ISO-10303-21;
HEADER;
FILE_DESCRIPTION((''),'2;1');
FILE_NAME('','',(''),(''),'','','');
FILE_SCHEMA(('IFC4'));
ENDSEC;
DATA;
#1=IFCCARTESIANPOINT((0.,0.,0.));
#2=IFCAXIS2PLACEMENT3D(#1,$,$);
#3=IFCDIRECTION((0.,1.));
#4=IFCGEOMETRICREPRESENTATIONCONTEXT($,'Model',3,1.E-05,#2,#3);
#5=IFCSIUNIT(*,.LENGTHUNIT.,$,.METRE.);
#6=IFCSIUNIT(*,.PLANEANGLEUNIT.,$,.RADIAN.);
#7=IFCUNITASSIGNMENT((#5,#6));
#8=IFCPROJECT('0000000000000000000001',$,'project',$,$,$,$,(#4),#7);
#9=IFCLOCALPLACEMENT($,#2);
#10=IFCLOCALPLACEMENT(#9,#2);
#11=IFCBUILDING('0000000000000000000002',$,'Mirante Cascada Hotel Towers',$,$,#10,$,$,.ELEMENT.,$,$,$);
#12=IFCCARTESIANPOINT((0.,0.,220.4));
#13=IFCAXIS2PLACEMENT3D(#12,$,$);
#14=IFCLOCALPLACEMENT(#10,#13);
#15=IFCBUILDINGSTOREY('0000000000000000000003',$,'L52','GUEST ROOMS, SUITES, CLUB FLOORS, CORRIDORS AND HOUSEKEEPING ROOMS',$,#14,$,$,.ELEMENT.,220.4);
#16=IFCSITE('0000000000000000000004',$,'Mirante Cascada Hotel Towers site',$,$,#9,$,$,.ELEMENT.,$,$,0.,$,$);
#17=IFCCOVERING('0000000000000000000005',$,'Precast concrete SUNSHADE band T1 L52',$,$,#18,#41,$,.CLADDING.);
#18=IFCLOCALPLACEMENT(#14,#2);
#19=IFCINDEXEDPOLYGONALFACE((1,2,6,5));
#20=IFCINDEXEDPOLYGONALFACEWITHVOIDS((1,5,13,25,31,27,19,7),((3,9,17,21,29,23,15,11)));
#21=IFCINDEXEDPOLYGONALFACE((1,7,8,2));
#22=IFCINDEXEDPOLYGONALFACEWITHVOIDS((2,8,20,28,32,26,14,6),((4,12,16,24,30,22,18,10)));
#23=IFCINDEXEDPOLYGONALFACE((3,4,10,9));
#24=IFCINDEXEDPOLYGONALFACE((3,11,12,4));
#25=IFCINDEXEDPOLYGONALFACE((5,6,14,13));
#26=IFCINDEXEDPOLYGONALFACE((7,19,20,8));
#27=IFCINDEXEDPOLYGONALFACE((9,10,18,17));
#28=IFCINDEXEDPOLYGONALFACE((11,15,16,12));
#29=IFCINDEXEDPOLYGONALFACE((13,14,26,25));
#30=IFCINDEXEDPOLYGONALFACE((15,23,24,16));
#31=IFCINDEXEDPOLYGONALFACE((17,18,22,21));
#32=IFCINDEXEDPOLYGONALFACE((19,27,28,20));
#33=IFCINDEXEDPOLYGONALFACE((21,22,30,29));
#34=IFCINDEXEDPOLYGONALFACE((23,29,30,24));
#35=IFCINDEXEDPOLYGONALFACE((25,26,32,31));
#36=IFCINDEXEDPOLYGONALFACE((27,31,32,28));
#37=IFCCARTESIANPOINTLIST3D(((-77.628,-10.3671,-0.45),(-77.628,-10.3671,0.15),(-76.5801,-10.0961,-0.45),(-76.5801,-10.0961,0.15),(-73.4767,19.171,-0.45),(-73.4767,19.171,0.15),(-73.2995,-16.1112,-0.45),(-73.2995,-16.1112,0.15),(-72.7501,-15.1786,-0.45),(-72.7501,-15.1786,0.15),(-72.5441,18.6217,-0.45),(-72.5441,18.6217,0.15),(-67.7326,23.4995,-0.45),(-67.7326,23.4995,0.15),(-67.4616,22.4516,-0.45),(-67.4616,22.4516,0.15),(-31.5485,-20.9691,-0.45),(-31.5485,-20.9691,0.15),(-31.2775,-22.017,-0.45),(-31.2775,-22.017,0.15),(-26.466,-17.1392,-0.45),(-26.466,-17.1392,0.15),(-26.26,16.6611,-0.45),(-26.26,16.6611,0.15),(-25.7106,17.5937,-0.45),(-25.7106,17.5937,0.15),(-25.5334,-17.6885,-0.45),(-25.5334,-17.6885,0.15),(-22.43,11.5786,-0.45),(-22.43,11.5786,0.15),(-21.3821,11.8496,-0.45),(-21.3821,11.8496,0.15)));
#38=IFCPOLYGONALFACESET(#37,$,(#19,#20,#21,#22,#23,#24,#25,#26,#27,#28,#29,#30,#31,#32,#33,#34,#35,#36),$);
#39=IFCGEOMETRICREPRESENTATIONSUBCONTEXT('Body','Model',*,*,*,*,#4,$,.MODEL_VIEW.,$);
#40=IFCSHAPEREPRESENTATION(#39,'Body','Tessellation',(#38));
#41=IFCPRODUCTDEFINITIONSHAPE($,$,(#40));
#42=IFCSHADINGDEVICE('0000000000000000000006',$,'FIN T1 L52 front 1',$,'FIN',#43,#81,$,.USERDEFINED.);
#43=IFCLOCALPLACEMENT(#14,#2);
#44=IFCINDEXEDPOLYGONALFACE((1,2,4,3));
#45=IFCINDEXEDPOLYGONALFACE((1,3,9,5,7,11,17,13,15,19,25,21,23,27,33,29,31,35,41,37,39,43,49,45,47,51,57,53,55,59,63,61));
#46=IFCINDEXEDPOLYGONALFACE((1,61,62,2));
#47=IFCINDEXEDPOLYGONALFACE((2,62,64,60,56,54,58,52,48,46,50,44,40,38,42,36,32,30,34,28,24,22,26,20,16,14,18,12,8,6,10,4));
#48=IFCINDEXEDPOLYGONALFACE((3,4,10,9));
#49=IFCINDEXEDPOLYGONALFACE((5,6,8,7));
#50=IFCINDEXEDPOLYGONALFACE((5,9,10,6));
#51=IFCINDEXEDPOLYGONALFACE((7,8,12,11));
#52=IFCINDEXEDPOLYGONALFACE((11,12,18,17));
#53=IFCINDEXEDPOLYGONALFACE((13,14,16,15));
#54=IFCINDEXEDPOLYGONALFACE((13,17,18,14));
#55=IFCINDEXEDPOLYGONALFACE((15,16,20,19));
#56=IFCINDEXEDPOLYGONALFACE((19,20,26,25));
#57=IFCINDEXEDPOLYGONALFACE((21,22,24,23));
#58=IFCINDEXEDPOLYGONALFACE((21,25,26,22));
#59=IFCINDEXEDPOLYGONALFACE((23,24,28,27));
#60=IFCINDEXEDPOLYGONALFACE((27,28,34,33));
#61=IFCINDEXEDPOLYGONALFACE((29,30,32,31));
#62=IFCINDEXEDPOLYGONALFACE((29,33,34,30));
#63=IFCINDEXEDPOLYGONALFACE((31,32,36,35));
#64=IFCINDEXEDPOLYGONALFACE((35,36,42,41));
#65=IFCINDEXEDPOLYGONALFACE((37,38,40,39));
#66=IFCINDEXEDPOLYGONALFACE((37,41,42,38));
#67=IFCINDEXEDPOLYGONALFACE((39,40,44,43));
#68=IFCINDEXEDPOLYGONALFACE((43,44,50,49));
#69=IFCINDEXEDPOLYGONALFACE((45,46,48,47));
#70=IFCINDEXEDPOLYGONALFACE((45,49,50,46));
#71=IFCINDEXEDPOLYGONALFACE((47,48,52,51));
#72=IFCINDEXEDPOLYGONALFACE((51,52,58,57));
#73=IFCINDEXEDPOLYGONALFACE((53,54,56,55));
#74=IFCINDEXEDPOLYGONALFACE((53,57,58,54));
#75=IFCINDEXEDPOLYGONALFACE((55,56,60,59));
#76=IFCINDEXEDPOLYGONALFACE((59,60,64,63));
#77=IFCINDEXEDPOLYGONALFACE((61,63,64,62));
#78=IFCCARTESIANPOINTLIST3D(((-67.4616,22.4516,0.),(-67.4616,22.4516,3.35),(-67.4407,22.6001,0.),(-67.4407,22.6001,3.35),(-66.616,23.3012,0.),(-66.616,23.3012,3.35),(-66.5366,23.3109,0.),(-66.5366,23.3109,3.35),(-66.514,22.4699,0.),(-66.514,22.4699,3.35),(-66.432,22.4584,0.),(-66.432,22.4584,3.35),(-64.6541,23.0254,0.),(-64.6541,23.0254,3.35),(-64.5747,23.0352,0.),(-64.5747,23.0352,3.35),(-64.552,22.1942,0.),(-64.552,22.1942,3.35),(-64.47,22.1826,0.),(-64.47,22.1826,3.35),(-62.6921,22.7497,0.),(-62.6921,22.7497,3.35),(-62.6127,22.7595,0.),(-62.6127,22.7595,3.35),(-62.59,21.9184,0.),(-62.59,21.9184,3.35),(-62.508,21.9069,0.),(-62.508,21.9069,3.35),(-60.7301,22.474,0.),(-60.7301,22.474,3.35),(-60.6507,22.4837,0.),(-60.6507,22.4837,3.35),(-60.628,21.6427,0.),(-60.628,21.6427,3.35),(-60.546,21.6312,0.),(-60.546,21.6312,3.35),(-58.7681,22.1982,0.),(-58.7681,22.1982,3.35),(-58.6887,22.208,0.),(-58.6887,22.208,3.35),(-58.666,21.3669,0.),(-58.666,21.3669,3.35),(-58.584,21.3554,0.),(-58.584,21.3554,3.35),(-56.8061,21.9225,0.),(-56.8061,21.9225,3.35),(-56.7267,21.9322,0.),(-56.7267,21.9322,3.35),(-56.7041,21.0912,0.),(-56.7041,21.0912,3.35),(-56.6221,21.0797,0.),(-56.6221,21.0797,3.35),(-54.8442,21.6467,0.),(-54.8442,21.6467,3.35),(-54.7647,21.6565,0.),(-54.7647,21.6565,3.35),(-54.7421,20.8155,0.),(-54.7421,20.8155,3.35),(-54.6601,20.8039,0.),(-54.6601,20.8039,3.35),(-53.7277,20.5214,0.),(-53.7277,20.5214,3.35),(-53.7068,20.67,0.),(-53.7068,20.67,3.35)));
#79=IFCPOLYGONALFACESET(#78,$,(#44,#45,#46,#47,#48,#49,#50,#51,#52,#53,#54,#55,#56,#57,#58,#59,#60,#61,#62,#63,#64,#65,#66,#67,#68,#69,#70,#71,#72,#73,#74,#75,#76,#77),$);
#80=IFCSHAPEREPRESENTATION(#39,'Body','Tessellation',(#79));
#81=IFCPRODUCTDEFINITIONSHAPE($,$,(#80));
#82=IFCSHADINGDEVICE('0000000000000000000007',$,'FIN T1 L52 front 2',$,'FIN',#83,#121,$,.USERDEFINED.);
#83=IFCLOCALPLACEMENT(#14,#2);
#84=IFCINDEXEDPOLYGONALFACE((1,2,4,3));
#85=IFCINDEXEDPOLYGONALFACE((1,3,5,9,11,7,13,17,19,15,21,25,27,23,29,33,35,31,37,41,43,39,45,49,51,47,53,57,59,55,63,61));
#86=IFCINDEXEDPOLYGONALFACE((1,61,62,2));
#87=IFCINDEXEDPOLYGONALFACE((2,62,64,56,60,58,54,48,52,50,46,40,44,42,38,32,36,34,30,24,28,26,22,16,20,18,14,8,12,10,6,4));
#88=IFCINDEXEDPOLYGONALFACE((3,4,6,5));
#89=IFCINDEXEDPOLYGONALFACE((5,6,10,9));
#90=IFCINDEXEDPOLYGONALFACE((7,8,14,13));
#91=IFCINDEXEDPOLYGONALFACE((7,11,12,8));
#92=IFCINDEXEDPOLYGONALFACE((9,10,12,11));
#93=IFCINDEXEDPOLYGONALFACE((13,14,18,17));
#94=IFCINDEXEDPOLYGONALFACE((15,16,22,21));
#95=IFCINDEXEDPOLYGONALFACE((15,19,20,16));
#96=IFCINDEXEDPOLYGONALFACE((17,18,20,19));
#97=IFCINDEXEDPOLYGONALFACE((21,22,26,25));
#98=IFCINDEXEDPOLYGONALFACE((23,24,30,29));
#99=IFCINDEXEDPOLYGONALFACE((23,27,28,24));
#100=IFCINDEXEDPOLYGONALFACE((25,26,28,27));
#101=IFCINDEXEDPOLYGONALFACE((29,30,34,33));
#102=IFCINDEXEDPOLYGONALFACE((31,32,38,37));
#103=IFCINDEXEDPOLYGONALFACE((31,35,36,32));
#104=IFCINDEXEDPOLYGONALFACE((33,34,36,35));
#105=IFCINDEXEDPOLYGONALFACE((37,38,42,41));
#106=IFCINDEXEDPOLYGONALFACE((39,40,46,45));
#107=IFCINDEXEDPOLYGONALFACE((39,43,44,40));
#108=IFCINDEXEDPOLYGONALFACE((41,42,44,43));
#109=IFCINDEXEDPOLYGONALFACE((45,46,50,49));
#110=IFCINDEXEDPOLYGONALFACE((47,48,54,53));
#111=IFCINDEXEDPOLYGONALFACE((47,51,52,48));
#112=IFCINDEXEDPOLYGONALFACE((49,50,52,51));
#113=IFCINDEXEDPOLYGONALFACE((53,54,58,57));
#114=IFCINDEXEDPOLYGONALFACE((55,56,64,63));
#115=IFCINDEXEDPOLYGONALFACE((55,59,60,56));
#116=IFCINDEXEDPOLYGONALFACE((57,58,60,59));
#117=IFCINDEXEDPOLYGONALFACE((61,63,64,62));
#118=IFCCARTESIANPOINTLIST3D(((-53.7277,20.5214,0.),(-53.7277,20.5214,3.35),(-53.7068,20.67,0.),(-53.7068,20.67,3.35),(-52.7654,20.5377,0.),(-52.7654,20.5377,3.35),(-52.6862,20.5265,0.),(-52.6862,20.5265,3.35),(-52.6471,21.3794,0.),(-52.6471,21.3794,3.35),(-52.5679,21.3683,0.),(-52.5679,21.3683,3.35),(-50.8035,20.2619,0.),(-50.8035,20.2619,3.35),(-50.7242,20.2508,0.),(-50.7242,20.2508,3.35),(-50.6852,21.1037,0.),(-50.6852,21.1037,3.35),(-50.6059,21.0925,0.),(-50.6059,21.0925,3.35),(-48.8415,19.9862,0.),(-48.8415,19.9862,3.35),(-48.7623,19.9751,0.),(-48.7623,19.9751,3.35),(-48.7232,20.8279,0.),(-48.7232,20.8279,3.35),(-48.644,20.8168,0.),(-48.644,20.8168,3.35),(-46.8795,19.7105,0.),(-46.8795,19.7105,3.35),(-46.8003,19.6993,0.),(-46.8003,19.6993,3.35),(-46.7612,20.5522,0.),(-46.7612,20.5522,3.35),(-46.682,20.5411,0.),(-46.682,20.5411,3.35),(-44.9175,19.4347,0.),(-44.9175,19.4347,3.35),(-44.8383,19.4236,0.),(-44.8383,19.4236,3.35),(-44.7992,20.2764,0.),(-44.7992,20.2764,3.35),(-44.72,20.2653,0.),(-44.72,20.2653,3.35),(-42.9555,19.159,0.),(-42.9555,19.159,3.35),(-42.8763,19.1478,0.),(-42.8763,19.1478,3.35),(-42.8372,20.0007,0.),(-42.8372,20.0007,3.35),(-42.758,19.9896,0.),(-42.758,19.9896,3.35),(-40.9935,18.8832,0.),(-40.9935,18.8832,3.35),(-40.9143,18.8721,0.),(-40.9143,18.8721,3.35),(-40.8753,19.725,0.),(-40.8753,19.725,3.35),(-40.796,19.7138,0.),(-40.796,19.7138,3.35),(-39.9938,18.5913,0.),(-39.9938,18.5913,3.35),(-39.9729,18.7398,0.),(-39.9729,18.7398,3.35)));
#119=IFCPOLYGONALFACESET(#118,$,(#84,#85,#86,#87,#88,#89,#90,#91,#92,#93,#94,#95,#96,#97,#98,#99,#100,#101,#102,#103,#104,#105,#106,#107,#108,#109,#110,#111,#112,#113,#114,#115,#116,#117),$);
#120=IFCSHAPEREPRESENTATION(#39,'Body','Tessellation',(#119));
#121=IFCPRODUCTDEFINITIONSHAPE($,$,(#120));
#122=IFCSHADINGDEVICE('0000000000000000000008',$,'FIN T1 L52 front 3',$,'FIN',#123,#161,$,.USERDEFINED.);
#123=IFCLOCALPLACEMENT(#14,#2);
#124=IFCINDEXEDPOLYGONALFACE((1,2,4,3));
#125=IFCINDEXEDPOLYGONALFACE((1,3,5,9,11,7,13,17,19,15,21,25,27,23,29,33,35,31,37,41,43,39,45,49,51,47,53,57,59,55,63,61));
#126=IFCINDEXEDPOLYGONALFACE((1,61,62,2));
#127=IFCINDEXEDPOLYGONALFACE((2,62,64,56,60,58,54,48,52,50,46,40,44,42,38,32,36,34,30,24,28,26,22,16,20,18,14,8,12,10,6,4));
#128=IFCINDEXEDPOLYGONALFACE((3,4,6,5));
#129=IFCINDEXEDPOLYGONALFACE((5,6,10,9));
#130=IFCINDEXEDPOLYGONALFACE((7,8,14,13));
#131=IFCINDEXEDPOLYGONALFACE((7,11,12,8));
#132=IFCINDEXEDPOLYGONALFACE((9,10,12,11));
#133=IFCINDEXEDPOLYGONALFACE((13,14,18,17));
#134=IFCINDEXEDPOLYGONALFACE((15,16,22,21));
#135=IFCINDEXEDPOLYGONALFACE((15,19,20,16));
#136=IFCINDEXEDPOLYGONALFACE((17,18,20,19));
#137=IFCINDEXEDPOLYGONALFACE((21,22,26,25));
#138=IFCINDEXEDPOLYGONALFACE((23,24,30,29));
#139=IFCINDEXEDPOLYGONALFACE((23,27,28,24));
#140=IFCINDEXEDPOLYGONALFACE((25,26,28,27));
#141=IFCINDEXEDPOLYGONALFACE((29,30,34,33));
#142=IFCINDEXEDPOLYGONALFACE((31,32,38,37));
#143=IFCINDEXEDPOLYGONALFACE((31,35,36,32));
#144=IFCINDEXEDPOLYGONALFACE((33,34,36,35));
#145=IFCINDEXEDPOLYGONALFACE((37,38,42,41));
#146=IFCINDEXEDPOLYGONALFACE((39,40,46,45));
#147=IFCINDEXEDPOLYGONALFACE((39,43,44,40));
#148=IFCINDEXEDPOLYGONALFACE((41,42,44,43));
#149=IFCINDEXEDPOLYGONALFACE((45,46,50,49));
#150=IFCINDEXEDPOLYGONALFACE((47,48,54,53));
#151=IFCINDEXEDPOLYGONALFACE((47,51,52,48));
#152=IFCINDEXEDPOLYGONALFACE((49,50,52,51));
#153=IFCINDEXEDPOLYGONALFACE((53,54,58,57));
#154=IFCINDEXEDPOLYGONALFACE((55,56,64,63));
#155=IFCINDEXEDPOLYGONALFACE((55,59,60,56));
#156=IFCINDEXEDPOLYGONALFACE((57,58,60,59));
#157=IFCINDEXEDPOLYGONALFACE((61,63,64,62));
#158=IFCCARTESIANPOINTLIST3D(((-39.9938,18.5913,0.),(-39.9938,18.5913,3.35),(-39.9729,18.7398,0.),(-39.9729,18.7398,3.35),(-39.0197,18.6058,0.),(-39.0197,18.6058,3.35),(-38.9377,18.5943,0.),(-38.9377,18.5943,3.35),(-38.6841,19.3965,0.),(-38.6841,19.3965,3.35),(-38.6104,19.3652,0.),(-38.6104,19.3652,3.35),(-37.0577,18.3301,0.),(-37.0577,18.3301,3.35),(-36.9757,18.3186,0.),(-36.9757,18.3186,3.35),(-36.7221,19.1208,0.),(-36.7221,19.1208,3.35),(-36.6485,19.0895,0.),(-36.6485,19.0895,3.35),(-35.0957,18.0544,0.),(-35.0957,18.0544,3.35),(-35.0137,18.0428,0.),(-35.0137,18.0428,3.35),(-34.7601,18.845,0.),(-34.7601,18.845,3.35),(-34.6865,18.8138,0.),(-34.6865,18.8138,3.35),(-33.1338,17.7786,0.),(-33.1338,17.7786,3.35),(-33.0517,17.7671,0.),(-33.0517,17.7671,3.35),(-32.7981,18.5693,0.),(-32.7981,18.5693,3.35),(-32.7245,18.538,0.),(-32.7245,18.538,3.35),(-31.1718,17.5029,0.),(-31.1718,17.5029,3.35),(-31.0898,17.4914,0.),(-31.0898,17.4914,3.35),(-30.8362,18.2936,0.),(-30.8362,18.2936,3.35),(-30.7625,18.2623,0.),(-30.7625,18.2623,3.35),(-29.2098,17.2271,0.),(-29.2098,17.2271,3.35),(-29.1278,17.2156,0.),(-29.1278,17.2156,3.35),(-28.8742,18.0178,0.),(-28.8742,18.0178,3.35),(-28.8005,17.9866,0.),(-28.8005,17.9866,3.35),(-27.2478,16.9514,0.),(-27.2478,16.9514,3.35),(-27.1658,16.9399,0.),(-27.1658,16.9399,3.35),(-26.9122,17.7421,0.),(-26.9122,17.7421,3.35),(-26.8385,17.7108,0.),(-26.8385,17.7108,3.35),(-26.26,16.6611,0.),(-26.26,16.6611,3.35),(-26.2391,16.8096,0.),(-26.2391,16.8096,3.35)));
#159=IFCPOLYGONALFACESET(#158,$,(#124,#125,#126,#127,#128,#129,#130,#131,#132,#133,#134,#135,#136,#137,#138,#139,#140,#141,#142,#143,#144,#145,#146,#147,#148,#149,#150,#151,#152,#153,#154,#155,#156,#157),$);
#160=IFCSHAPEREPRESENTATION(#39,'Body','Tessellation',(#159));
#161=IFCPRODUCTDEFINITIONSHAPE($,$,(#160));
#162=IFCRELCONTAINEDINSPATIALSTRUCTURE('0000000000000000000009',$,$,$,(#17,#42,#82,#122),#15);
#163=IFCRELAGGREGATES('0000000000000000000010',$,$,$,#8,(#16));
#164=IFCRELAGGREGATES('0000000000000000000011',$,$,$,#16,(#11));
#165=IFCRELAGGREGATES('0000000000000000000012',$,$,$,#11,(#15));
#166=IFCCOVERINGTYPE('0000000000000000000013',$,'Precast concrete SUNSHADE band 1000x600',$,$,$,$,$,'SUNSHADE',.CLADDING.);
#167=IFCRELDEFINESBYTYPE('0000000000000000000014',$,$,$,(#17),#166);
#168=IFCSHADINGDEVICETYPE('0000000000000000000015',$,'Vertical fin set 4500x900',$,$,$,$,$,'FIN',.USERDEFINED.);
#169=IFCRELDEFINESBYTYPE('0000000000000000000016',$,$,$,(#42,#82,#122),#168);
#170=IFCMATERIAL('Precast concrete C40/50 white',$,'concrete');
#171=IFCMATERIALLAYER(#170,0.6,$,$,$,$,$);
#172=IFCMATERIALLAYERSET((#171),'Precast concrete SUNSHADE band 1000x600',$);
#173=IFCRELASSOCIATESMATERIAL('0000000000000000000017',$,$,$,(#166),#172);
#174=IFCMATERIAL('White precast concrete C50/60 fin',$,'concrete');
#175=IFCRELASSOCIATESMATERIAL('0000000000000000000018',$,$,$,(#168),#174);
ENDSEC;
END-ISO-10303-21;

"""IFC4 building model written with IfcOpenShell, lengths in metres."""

from ifc_helpers import new_model, si_unit, direction, frame, origin, place, context, subcontext, project, spatial, polyline, outline, extrude, material, layer, layer_set, type_object, element, save


model = new_model("IFC4")

# Units and contexts
model_context = context("Model", 3, precision=1e-05, world=origin(), true_north=direction((0.0, 1.0)))
body_context = subcontext(model_context, "Body", "Model", "MODEL_VIEW")
ifc_project = project(units=[si_unit("LENGTHUNIT", "METRE"), si_unit("PLANEANGLEUNIT", "RADIAN")], contexts=[model_context])

# Site, building, storey
site_placement = place(None, origin())
site = spatial("IfcSite", under=ifc_project, at=site_placement, Name="Mirante Cascada Hotel Towers site", CompositionType="ELEMENT", RefElevation=0.0)
building_placement = place(site_placement, origin())
building = spatial("IfcBuilding", under=site, at=building_placement, Name="Mirante Cascada Hotel Towers", CompositionType="ELEMENT")
storey_placement = place(building_placement, frame((0.0, 0.0, 220.4)))
storey = spatial("IfcBuildingStorey", under=building, at=storey_placement, Name="L52", Description="GUEST ROOMS, SUITES, CLUB FLOORS, CORRIDORS AND HOUSEKEEPING ROOMS", CompositionType="ELEMENT", Elevation=220.4)

# Covering
ifc_material_1 = material(Name="Precast concrete C40/50 white", Category="concrete")
ifc_layer_1 = layer(ifc_material_1, 0.6)
ifc_layer_set_1 = layer_set([ifc_layer_1], Name="Precast concrete SUNSHADE band 1000x600")
covering_type = type_object("IfcCoveringType", Name="Precast concrete SUNSHADE band 1000x600", ElementType="SUNSHADE", PredefinedType="CLADDING", material=ifc_layer_set_1)
covering_placement = place(storey_placement, frame((0.0, 0.0, -0.45)))
element("IfcCovering", 1, at=covering_placement, inside=storey, type_object=covering_type, Name="Precast concrete SUNSHADE band T1 L52", PredefinedType="CLADDING", context=body_context, shape_type="SweptSolid", body=[
    extrude(outline(polyline([(-77.628, -10.3671), (-73.4767, 19.171), (-67.7326, 23.4995), (-25.7106, 17.5937), (-21.3821, 11.8496), (-25.5334, -17.6885), (-31.2775, -22.017), (-73.2995, -16.1112), (-77.628, -10.3671)]), holes=[polyline([(-22.43, 11.5786), (-26.26, 16.6611), (-67.4616, 22.4516), (-72.5441, 18.6217), (-76.5801, -10.0961), (-72.7501, -15.1786), (-31.5485, -20.9691), (-26.466, -17.1392), (-22.43, 11.5786)])]), origin(), (0.0, 0.0, 1.0), 0.6),
])

# Shading devices
ifc_material_2 = material(Name="White precast concrete C50/60 fin", Category="concrete")
shading_device_type = type_object("IfcShadingDeviceType", Name="Vertical fin set 4500x900", ElementType="FIN", PredefinedType="USERDEFINED", material=ifc_material_2)
shading_device_1_placement = place(storey_placement, origin())
element("IfcShadingDevice", 2, at=shading_device_1_placement, inside=storey, type_object=shading_device_type, Name="FIN T1 L52 front 1", ObjectType="FIN", PredefinedType="USERDEFINED", context=body_context, shape_type="SweptSolid", body=[
    extrude(outline(polyline([(-54.6601, 20.8039), (-53.7068, 20.67), (-53.7277, 20.5214), (-67.4616, 22.4516), (-67.4407, 22.6001), (-66.514, 22.4699), (-66.616, 23.3012), (-66.5366, 23.3109), (-66.432, 22.4584), (-64.552, 22.1942), (-64.6541, 23.0254), (-64.5747, 23.0352), (-64.47, 22.1826), (-62.59, 21.9184), (-62.6921, 22.7497), (-62.6127, 22.7595), (-62.508, 21.9069), (-60.628, 21.6427), (-60.7301, 22.474), (-60.6507, 22.4837), (-60.546, 21.6312), (-58.666, 21.3669), (-58.7681, 22.1982), (-58.6887, 22.208), (-58.584, 21.3554), (-56.7041, 21.0912), (-56.8061, 21.9225), (-56.7267, 21.9322), (-56.6221, 21.0797), (-54.7421, 20.8155), (-54.8442, 21.6467), (-54.7647, 21.6565), (-54.6601, 20.8039)])), origin(), (0.0, 0.0, 1.0), 3.35),
])
shading_device_2_placement = place(storey_placement, origin())
element("IfcShadingDevice", 3, at=shading_device_2_placement, inside=storey, type_object=shading_device_type, Name="FIN T1 L52 front 2", ObjectType="FIN", PredefinedType="USERDEFINED", context=body_context, shape_type="SweptSolid", body=[
    extrude(outline(polyline([(-40.9143, 18.8721), (-39.9729, 18.7398), (-39.9938, 18.5913), (-53.7277, 20.5214), (-53.7068, 20.67), (-52.7654, 20.5377), (-52.6471, 21.3794), (-52.5679, 21.3683), (-52.6862, 20.5265), (-50.8035, 20.2619), (-50.6852, 21.1037), (-50.6059, 21.0925), (-50.7242, 20.2508), (-48.8415, 19.9862), (-48.7232, 20.8279), (-48.644, 20.8168), (-48.7623, 19.9751), (-46.8795, 19.7105), (-46.7612, 20.5522), (-46.682, 20.5411), (-46.8003, 19.6993), (-44.9175, 19.4347), (-44.7992, 20.2764), (-44.72, 20.2653), (-44.8383, 19.4236), (-42.9555, 19.159), (-42.8372, 20.0007), (-42.758, 19.9896), (-42.8763, 19.1478), (-40.9935, 18.8832), (-40.8753, 19.725), (-40.796, 19.7138), (-40.9143, 18.8721)])), origin(), (0.0, 0.0, 1.0), 3.35),
])
shading_device_3_placement = place(storey_placement, origin())
element("IfcShadingDevice", 4, at=shading_device_3_placement, inside=storey, type_object=shading_device_type, Name="FIN T1 L52 front 3", ObjectType="FIN", PredefinedType="USERDEFINED", context=body_context, shape_type="SweptSolid", body=[
    extrude(outline(polyline([(-27.1658, 16.9399), (-26.2391, 16.8096), (-26.26, 16.6611), (-39.9938, 18.5913), (-39.9729, 18.7398), (-39.0197, 18.6058), (-38.6841, 19.3965), (-38.6104, 19.3652), (-38.9377, 18.5943), (-37.0577, 18.3301), (-36.7221, 19.1208), (-36.6485, 19.0895), (-36.9757, 18.3186), (-35.0957, 18.0544), (-34.7601, 18.845), (-34.6865, 18.8138), (-35.0137, 18.0428), (-33.1338, 17.7786), (-32.7981, 18.5693), (-32.7245, 18.538), (-33.0517, 17.7671), (-31.1718, 17.5029), (-30.8362, 18.2936), (-30.7625, 18.2623), (-31.0898, 17.4914), (-29.2098, 17.2271), (-28.8742, 18.0178), (-28.8005, 17.9866), (-29.1278, 17.2156), (-27.2478, 16.9514), (-26.9122, 17.7421), (-26.8385, 17.7108), (-27.1658, 16.9399)])), origin(), (0.0, 0.0, 1.0), 3.35),
])

save(model, "model.ifc")
